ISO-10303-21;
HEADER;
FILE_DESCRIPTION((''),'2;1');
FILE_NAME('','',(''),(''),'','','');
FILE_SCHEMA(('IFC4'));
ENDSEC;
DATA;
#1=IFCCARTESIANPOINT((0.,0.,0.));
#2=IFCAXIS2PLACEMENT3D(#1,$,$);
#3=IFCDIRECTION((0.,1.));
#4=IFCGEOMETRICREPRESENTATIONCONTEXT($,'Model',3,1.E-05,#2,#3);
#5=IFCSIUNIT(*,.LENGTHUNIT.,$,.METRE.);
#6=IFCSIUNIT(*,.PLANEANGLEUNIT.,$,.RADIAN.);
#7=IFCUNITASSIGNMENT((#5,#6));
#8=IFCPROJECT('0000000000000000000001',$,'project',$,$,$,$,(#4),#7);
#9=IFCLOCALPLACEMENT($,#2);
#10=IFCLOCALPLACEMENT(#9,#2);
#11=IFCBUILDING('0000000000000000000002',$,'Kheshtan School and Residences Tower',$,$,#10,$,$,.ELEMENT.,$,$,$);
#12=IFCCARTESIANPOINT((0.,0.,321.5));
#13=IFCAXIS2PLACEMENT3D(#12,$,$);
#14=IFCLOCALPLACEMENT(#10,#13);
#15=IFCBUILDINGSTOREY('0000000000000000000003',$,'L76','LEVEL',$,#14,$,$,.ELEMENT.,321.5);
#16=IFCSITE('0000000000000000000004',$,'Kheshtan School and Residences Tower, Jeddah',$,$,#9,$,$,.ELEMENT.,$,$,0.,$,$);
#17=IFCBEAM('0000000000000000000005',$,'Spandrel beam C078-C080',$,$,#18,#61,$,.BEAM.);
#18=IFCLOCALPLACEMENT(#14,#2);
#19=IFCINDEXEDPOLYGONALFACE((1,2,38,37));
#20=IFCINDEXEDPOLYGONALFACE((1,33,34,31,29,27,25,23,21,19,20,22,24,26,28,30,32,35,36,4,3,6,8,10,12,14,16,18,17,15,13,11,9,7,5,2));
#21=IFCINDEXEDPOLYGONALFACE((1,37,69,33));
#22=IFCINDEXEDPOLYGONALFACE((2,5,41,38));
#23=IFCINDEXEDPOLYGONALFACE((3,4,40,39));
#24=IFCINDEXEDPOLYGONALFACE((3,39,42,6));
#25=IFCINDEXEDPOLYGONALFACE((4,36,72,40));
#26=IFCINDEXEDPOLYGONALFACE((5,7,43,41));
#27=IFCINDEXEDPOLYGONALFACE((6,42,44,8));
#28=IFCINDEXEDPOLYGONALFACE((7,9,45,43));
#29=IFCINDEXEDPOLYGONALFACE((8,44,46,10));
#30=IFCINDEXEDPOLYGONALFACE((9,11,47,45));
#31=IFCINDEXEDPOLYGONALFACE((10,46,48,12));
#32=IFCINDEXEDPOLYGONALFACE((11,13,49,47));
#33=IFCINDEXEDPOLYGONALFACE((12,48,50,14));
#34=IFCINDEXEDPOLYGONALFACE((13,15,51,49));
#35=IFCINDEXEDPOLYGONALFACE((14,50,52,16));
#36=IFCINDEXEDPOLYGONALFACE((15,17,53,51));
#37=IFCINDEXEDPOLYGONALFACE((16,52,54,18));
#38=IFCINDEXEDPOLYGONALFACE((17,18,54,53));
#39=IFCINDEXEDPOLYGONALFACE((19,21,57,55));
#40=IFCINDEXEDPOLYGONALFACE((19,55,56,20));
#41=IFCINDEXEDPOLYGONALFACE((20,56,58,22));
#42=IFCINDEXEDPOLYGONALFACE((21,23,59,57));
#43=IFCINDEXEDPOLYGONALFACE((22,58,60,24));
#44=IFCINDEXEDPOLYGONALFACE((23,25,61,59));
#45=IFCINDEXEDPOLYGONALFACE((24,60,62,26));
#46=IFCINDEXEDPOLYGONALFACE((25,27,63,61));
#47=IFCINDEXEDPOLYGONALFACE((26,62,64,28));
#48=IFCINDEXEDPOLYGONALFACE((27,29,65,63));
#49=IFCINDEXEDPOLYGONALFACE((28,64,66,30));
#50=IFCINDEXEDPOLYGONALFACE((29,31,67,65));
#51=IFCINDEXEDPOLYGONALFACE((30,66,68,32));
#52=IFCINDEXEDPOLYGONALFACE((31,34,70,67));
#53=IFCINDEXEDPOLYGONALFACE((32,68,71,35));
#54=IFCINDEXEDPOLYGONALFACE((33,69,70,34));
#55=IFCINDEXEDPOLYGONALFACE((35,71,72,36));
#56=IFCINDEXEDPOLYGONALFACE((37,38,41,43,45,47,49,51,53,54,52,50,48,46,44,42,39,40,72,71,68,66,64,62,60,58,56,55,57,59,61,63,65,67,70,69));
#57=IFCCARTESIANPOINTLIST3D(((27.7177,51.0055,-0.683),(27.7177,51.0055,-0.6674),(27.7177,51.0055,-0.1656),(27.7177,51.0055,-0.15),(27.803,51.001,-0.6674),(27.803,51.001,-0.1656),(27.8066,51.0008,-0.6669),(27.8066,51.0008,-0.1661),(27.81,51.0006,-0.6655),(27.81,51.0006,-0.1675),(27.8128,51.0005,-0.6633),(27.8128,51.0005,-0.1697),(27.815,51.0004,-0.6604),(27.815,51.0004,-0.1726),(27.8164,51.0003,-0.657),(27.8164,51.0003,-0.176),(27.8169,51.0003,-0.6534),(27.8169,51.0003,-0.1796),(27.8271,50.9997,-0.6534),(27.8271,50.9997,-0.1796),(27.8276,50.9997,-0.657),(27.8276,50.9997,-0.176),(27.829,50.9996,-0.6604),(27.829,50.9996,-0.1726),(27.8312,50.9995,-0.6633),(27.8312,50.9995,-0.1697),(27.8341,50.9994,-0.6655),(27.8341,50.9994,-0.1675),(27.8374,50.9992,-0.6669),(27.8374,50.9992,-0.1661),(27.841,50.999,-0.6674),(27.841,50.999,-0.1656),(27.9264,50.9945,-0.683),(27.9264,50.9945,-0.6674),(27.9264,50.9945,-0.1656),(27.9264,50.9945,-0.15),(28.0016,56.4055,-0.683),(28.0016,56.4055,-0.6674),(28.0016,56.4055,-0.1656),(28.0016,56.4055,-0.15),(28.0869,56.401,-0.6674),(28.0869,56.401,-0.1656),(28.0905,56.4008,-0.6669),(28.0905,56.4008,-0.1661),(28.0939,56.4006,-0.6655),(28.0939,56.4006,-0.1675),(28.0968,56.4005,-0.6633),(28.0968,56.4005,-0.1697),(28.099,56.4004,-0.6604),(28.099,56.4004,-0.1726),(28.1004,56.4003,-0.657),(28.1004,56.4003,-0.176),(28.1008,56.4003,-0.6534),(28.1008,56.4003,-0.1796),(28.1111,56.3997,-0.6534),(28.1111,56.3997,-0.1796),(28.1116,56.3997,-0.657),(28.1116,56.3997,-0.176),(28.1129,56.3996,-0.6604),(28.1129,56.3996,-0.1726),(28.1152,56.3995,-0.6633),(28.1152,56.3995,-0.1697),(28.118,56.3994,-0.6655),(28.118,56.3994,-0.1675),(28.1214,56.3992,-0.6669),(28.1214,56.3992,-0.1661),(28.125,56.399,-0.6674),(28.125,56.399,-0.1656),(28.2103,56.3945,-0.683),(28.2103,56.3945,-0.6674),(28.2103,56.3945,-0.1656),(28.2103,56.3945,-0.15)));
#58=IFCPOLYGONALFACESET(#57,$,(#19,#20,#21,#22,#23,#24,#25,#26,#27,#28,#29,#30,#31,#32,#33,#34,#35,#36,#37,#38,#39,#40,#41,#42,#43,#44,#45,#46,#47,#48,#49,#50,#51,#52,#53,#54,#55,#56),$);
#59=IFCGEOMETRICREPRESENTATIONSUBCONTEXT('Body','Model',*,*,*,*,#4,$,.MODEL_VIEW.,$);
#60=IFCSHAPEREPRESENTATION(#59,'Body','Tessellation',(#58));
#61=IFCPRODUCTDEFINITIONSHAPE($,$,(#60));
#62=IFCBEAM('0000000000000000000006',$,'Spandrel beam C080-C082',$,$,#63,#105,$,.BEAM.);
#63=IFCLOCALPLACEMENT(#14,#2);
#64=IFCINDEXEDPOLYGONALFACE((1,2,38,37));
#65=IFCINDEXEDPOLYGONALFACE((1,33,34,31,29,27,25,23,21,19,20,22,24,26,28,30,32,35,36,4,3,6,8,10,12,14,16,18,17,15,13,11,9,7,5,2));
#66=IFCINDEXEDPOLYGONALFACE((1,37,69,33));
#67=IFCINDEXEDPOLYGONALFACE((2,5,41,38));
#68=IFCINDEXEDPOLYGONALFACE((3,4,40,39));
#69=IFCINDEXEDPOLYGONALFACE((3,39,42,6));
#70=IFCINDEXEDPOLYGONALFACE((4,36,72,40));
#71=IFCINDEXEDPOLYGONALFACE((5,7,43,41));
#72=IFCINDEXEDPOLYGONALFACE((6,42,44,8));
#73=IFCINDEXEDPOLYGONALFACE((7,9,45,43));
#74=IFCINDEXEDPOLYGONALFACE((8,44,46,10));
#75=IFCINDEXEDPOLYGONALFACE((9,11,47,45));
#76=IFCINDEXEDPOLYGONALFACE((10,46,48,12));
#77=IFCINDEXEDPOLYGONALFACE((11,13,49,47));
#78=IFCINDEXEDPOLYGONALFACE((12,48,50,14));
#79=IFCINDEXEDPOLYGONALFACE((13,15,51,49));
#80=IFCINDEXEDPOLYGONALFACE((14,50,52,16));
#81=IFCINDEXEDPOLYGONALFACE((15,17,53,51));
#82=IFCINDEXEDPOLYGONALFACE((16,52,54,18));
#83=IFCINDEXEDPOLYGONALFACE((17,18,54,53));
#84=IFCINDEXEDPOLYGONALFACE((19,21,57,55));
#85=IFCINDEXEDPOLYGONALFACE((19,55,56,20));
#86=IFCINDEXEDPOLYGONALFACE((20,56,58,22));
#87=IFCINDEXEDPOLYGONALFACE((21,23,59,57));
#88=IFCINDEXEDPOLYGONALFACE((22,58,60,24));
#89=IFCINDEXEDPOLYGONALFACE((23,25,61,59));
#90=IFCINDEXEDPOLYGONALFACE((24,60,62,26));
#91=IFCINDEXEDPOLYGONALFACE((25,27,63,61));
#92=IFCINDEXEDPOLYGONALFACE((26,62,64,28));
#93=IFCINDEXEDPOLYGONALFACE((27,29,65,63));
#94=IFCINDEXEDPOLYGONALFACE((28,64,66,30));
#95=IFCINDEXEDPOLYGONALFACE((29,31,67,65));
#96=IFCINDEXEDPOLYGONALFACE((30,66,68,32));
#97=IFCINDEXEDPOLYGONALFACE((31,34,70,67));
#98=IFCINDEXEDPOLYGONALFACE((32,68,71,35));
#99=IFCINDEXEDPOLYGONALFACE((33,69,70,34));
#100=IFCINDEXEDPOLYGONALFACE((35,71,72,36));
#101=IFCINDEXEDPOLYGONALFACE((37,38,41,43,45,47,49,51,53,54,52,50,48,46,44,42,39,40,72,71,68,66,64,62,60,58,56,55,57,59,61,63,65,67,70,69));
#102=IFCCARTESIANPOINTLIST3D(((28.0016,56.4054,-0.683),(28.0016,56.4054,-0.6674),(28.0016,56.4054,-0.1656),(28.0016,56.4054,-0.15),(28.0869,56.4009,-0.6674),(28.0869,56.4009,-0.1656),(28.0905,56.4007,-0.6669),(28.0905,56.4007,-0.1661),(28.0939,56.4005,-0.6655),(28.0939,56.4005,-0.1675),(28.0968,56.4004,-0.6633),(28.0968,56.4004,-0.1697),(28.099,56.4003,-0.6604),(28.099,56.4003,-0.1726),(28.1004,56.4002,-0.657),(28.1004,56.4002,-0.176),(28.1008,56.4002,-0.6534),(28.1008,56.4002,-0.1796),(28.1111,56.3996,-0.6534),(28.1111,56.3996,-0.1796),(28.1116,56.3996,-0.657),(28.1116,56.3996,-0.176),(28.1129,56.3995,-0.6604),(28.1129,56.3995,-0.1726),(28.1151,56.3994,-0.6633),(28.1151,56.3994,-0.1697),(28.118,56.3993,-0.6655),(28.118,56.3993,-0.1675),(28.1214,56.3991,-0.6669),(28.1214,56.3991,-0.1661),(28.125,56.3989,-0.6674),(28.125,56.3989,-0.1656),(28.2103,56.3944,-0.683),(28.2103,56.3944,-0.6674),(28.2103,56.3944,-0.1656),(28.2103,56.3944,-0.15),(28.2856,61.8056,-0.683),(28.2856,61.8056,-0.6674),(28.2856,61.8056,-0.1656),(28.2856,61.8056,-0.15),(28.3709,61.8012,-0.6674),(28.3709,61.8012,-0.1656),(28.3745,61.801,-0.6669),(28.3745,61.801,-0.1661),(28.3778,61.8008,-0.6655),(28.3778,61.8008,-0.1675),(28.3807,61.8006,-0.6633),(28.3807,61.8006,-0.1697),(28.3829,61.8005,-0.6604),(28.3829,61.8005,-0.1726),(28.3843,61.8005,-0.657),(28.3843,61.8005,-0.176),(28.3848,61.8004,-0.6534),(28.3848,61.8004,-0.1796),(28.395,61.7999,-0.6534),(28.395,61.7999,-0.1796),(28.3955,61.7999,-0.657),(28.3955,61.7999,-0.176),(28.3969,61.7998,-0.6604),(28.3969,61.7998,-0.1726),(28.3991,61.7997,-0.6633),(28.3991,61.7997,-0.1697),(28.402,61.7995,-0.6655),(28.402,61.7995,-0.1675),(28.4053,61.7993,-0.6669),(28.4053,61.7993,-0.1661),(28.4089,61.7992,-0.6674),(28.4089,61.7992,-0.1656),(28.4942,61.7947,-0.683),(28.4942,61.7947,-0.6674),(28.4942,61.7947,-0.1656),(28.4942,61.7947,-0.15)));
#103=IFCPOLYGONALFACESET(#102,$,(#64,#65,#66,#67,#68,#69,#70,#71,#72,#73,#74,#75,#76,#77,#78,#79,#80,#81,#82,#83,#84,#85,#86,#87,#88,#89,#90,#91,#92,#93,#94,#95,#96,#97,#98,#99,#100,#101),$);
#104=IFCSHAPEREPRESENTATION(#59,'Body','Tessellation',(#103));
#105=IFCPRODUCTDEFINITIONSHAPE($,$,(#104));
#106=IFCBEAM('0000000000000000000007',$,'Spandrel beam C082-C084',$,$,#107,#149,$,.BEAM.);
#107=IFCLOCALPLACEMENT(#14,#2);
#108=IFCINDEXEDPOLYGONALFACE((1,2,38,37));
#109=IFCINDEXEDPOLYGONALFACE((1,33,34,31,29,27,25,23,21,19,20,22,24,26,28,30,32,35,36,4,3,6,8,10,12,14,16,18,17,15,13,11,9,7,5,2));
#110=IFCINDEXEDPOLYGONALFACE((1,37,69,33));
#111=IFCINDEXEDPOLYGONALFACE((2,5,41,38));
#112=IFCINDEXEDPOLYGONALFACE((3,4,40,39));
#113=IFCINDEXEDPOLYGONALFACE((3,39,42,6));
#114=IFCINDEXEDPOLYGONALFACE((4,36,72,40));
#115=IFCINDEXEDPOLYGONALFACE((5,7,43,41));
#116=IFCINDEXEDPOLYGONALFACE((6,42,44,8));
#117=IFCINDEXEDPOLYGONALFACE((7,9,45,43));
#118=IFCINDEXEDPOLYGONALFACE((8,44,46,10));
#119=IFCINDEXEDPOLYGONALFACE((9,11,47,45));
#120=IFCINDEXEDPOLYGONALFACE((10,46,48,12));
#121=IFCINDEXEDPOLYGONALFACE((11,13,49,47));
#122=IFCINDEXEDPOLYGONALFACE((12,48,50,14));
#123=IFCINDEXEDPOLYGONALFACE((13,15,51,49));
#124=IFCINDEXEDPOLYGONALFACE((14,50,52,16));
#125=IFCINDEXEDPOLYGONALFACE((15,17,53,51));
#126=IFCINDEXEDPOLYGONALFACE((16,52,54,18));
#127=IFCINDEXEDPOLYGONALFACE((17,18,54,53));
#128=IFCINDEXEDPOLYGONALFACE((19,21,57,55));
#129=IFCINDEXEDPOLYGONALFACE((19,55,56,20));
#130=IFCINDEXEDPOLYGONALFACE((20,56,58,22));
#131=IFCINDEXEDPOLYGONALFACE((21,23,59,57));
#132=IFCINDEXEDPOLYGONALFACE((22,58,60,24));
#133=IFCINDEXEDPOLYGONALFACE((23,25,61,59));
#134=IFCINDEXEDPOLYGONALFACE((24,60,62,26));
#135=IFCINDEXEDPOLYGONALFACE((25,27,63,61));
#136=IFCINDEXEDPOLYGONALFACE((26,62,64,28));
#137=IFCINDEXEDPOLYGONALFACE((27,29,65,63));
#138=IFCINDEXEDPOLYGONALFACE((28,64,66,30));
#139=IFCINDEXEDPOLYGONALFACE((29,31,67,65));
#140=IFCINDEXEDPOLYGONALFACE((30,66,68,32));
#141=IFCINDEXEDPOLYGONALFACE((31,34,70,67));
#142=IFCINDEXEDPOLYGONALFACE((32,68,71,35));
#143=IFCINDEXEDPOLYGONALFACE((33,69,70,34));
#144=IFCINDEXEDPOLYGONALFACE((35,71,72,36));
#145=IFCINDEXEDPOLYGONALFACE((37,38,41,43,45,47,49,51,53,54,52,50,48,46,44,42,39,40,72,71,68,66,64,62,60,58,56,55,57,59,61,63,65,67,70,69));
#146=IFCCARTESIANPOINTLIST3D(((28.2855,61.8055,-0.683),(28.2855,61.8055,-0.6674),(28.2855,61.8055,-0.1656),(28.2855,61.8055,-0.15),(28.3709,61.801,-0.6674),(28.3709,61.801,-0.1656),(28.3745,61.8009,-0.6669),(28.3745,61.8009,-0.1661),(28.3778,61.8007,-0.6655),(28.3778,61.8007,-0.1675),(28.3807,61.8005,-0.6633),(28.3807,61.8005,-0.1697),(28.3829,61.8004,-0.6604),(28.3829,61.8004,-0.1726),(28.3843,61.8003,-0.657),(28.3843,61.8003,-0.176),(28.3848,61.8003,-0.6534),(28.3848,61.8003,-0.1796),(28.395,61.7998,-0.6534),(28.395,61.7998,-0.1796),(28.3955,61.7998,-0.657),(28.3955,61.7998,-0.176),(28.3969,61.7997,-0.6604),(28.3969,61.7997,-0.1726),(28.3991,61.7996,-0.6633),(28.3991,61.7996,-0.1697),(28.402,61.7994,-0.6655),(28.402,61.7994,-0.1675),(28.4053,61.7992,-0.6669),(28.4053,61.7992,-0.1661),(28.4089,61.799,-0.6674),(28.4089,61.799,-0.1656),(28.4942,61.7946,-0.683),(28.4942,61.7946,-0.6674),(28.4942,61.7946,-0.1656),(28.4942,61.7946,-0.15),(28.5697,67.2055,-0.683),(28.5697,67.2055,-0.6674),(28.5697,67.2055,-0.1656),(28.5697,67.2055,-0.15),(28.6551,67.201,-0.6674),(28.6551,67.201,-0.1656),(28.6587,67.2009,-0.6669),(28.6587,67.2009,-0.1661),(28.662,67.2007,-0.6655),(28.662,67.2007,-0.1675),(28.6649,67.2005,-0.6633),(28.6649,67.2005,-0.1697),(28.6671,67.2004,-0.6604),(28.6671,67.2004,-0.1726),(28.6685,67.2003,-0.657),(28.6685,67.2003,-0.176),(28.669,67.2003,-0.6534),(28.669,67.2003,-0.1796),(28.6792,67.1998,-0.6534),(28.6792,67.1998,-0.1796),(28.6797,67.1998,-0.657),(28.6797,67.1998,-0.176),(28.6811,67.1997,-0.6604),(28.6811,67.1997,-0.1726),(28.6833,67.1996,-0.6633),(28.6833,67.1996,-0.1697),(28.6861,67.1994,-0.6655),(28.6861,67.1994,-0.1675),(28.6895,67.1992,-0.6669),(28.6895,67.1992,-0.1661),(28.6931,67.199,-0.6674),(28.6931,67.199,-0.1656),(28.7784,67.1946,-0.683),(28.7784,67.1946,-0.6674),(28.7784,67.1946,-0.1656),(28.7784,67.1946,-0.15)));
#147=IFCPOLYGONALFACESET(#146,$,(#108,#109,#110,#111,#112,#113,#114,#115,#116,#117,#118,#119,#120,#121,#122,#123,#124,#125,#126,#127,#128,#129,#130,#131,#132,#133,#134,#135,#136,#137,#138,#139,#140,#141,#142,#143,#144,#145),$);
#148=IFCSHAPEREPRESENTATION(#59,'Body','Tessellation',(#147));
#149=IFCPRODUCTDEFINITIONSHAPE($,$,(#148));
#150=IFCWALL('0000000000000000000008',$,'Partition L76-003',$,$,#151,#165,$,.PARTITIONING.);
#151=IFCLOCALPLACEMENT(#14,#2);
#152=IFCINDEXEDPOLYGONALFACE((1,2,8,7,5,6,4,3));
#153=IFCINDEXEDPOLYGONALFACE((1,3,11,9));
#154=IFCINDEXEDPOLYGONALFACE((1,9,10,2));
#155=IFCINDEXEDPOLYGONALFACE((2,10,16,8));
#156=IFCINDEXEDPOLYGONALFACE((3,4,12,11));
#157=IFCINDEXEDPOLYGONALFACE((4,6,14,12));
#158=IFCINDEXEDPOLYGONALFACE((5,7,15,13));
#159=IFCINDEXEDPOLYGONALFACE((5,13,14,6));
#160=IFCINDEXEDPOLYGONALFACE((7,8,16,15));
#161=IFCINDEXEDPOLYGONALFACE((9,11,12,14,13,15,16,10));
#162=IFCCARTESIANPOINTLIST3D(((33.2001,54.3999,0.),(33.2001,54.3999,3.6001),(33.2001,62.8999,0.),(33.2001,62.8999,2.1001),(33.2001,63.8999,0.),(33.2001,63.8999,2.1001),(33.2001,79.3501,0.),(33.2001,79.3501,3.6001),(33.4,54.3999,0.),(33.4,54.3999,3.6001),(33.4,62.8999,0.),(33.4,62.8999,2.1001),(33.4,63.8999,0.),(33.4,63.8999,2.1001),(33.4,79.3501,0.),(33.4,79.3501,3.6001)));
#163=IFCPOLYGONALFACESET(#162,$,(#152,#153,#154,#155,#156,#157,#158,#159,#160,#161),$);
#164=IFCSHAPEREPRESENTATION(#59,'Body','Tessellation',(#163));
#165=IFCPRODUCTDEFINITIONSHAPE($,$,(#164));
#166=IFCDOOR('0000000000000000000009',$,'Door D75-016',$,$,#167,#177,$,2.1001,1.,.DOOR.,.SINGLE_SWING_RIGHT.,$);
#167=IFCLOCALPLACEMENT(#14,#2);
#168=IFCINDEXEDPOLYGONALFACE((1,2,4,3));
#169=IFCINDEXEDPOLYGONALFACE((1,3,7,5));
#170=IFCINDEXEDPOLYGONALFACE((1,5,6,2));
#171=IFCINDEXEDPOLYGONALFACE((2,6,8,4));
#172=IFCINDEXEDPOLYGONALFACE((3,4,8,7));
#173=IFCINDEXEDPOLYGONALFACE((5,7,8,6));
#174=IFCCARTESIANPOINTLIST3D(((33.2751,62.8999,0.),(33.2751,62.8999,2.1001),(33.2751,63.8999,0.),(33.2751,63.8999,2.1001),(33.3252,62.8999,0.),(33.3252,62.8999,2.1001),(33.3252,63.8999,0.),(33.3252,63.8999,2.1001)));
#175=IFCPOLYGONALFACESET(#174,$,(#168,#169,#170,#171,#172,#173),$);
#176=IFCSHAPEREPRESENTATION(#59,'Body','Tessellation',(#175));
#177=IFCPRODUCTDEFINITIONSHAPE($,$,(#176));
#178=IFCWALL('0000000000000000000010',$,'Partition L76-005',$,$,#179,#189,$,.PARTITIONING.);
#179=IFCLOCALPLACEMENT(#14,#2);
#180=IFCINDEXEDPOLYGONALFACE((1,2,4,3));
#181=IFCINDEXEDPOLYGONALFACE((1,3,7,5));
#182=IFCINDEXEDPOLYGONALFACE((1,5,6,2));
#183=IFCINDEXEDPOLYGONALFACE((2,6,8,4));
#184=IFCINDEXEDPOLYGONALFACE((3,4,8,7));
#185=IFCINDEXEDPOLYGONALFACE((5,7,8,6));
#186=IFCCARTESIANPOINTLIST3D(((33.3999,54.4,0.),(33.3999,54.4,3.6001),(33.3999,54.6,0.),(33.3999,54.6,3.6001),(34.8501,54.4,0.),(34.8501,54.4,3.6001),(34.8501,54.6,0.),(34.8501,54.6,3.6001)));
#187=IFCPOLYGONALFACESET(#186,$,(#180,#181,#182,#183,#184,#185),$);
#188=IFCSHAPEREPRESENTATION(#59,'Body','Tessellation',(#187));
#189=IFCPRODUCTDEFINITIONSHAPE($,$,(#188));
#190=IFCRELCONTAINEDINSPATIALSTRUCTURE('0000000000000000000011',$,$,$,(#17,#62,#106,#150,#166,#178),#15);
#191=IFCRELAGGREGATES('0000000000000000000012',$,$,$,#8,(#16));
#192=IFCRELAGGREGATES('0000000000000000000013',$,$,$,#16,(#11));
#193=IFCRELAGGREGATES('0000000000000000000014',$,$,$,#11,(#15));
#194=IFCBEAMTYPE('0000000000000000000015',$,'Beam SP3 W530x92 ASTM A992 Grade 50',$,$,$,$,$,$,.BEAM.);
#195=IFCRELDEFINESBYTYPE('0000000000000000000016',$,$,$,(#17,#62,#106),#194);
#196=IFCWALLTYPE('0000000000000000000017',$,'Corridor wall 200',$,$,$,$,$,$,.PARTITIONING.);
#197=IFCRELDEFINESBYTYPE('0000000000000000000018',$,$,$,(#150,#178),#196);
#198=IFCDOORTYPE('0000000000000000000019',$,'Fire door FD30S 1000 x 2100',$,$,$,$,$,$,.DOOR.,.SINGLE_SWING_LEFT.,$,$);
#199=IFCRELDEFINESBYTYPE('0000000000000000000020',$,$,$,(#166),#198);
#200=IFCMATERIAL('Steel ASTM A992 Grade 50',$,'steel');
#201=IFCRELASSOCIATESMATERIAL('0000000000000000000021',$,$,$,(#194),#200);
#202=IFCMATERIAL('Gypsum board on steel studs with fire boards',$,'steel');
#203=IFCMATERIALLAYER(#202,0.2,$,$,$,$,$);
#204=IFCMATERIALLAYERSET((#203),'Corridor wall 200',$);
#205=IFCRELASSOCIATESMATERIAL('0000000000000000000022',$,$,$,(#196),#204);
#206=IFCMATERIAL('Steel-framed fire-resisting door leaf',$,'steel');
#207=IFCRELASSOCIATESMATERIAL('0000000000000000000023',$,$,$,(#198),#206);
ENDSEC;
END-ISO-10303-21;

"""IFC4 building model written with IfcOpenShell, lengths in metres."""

from ifc_helpers import new_model, si_unit, direction, frame, frame_2d, origin, origin_2d, place, context, subcontext, project, spatial, rectangle, i_section, extrude, source, transform, mapped, material, layer, layer_set, material_profile, profile_set, type_object, element, fill, save


model = new_model("IFC4")

# Units and contexts
model_context = context("Model", 3, precision=1e-05, world=origin(), true_north=direction((0.0, 1.0)))
body_context = subcontext(model_context, "Body", "Model", "MODEL_VIEW")
ifc_project = project(units=[si_unit("LENGTHUNIT", "METRE"), si_unit("PLANEANGLEUNIT", "RADIAN")], contexts=[model_context])

# Site, building, storey
site_placement = place(None, origin())
site = spatial("IfcSite", under=ifc_project, at=site_placement, Name="Kheshtan School and Residences Tower, Jeddah", CompositionType="ELEMENT", RefElevation=0.0)
building_placement = place(site_placement, origin())
building = spatial("IfcBuilding", under=site, at=building_placement, Name="Kheshtan School and Residences Tower", CompositionType="ELEMENT")
storey_placement = place(building_placement, frame((0.0, 0.0, 321.5)))
storey = spatial("IfcBuildingStorey", under=building, at=storey_placement, Name="L76", Description="LEVEL", CompositionType="ELEMENT", Elevation=321.5)

# Shared definitions
ifc_material_1 = material(Name="Steel ASTM A992 Grade 50", Category="steel")

# Beams
ifc_material_profile_1 = material_profile(ifc_material_1, i_section(OverallWidth=0.209, OverallDepth=0.533, WebThickness=0.0103, FlangeThickness=0.0156, FilletRadius=0.0139, at=origin_2d()), Name="W530x92")
ifc_profile_set_1 = profile_set([ifc_material_profile_1], Name="Steel ASTM A992 Grade 50")
beam_type_1 = type_object("IfcBeamType", Name="Beam SP3 W530x92 ASTM A992 Grade 50", PredefinedType="BEAM", material=ifc_profile_set_1)
beam_1_placement = place(storey_placement, frame((27.822, 51.0, -0.4165), z_axis=(0.052509, 0.99862, 0.0), x_axis=(-0.99862, 0.052509, 0.0)))
element("IfcBeam", 1, at=beam_1_placement, inside=storey, type_object=beam_type_1, Name="Spandrel beam C078-C080", PredefinedType="BEAM", context=body_context, shape_type="SweptSolid", body=[
    extrude(i_section(OverallWidth=0.209, OverallDepth=0.533, WebThickness=0.0103, FlangeThickness=0.0156, FilletRadius=0.0139, at=origin_2d()), origin(), (0.0, 0.0, 1.0), 5.4075),
])
beam_2_placement = place(storey_placement, frame((28.106, 56.3999, -0.4165), z_axis=(0.052507, 0.998621, 0.0), x_axis=(-0.998621, 0.052507, 0.0)))
element("IfcBeam", 2, at=beam_2_placement, inside=storey, type_object=beam_type_1, Name="Spandrel beam C080-C082", PredefinedType="BEAM", context=body_context, shape_type="SweptSolid", body=[
    extrude(i_section(OverallWidth=0.209, OverallDepth=0.533, WebThickness=0.0103, FlangeThickness=0.0156, FilletRadius=0.0139, at=origin_2d()), origin(), (0.0, 0.0, 1.0), 5.4077),
])
beam_3_placement = place(storey_placement, frame((28.3899, 61.8, -0.4165), z_axis=(0.052554, 0.998618, 0.0), x_axis=(-0.998618, 0.052554, 0.0)))
element("IfcBeam", 3, at=beam_3_placement, inside=storey, type_object=beam_type_1, Name="Spandrel beam C082-C084", PredefinedType="BEAM", context=body_context, shape_type="SweptSolid", body=[
    extrude(i_section(OverallWidth=0.209, OverallDepth=0.533, WebThickness=0.0103, FlangeThickness=0.0156, FilletRadius=0.0139, at=origin_2d()), origin(), (0.0, 0.0, 1.0), 5.4075),
])

# Wall, opening, door
ifc_material_2 = material(Name="Gypsum board on steel studs with fire boards", Category="steel")
ifc_layer_1 = layer(ifc_material_2, 0.2)
ifc_layer_set_1 = layer_set([ifc_layer_1], Name="Corridor wall 200")
wall_type_1 = type_object("IfcWallType", Name="Corridor wall 200", PredefinedType="PARTITIONING", material=ifc_layer_set_1)
wall_1_placement = place(storey_placement, frame((33.3, 54.3999, 0.0), z_axis=(0.0, 0.0, 1.0), x_axis=(0.0, 1.0, 0.0)))
wall_1 = element("IfcWall", 4, at=wall_1_placement, inside=storey, type_object=wall_type_1, Name="Partition L76-003", PredefinedType="PARTITIONING", context=body_context, shape_type="SweptSolid", body=[
    extrude(rectangle(XDim=24.9502, YDim=0.2, at=frame_2d((12.4751, 0.0))), origin(), (0.0, 0.0, 1.0), 3.6001),
])
opening_1_placement = place(wall_1_placement, frame((8.5, 0.0, 0.0)))
opening_1 = element("IfcOpeningElement", 5, at=opening_1_placement, cuts=wall_1, PredefinedType="OPENING", context=body_context, shape_type="SweptSolid", body=[
    extrude(rectangle(XDim=1.0, YDim=2.1001, at=frame_2d((0.5, 1.05))), frame((0.0, 0.1099, 0.0), z_axis=(0.0, -1.0, 0.0), x_axis=(1.0, 0.0, 0.0)), (0.0, 0.0, 1.0), 0.22),
])
ifc_material_3 = material(Name="Steel-framed fire-resisting door leaf", Category="steel")
door_type_1 = type_object("IfcDoorType", Name="Fire door FD30S 1000 x 2100", OperationType="SINGLE_SWING_LEFT", PredefinedType="DOOR", material=ifc_material_3)
shared_shape_1 = source(origin(), body_context, "Body", "SweptSolid", [
    extrude(rectangle(XDim=1.0, YDim=2.1001, at=frame_2d((0.5, 1.05))), frame((0.0, 0.0249, 0.0), z_axis=(0.0, -1.0, 0.0), x_axis=(1.0, 0.0, 0.0)), (0.0, 0.0, 1.0), 0.05),
])
door_1_placement = place(opening_1_placement, origin())
door_1 = element("IfcDoor", 6, at=door_1_placement, inside=storey, type_object=door_type_1, Name="Door D75-016", OperationType="SINGLE_SWING_RIGHT", OverallHeight=2.1001, OverallWidth=1.0, PredefinedType="DOOR", context=body_context, shape_type="MappedRepresentation", body=[
    mapped(shared_shape_1, transform((0.0, 0.0, 0.0), x_axis=(1.0, 0.0, 0.0), y_axis=(0.0, 1.0, 0.0), z_axis=(0.0, 0.0, 1.0), scale=1.0)),
])
fill(opening_1, door_1)

# Wall
wall_2_placement = place(storey_placement, frame((33.3999, 54.5, 0.0), z_axis=(0.0, 0.0, 1.0), x_axis=(1.0, 0.0, 0.0)))
element("IfcWall", 7, at=wall_2_placement, inside=storey, type_object=wall_type_1, Name="Partition L76-005", PredefinedType="PARTITIONING", context=body_context, shape_type="SweptSolid", body=[
    extrude(rectangle(XDim=1.4502, YDim=0.2, at=frame_2d((0.7251, 0.0))), origin(), (0.0, 0.0, 1.0), 3.6001),
])

save(model, "model.ifc")
